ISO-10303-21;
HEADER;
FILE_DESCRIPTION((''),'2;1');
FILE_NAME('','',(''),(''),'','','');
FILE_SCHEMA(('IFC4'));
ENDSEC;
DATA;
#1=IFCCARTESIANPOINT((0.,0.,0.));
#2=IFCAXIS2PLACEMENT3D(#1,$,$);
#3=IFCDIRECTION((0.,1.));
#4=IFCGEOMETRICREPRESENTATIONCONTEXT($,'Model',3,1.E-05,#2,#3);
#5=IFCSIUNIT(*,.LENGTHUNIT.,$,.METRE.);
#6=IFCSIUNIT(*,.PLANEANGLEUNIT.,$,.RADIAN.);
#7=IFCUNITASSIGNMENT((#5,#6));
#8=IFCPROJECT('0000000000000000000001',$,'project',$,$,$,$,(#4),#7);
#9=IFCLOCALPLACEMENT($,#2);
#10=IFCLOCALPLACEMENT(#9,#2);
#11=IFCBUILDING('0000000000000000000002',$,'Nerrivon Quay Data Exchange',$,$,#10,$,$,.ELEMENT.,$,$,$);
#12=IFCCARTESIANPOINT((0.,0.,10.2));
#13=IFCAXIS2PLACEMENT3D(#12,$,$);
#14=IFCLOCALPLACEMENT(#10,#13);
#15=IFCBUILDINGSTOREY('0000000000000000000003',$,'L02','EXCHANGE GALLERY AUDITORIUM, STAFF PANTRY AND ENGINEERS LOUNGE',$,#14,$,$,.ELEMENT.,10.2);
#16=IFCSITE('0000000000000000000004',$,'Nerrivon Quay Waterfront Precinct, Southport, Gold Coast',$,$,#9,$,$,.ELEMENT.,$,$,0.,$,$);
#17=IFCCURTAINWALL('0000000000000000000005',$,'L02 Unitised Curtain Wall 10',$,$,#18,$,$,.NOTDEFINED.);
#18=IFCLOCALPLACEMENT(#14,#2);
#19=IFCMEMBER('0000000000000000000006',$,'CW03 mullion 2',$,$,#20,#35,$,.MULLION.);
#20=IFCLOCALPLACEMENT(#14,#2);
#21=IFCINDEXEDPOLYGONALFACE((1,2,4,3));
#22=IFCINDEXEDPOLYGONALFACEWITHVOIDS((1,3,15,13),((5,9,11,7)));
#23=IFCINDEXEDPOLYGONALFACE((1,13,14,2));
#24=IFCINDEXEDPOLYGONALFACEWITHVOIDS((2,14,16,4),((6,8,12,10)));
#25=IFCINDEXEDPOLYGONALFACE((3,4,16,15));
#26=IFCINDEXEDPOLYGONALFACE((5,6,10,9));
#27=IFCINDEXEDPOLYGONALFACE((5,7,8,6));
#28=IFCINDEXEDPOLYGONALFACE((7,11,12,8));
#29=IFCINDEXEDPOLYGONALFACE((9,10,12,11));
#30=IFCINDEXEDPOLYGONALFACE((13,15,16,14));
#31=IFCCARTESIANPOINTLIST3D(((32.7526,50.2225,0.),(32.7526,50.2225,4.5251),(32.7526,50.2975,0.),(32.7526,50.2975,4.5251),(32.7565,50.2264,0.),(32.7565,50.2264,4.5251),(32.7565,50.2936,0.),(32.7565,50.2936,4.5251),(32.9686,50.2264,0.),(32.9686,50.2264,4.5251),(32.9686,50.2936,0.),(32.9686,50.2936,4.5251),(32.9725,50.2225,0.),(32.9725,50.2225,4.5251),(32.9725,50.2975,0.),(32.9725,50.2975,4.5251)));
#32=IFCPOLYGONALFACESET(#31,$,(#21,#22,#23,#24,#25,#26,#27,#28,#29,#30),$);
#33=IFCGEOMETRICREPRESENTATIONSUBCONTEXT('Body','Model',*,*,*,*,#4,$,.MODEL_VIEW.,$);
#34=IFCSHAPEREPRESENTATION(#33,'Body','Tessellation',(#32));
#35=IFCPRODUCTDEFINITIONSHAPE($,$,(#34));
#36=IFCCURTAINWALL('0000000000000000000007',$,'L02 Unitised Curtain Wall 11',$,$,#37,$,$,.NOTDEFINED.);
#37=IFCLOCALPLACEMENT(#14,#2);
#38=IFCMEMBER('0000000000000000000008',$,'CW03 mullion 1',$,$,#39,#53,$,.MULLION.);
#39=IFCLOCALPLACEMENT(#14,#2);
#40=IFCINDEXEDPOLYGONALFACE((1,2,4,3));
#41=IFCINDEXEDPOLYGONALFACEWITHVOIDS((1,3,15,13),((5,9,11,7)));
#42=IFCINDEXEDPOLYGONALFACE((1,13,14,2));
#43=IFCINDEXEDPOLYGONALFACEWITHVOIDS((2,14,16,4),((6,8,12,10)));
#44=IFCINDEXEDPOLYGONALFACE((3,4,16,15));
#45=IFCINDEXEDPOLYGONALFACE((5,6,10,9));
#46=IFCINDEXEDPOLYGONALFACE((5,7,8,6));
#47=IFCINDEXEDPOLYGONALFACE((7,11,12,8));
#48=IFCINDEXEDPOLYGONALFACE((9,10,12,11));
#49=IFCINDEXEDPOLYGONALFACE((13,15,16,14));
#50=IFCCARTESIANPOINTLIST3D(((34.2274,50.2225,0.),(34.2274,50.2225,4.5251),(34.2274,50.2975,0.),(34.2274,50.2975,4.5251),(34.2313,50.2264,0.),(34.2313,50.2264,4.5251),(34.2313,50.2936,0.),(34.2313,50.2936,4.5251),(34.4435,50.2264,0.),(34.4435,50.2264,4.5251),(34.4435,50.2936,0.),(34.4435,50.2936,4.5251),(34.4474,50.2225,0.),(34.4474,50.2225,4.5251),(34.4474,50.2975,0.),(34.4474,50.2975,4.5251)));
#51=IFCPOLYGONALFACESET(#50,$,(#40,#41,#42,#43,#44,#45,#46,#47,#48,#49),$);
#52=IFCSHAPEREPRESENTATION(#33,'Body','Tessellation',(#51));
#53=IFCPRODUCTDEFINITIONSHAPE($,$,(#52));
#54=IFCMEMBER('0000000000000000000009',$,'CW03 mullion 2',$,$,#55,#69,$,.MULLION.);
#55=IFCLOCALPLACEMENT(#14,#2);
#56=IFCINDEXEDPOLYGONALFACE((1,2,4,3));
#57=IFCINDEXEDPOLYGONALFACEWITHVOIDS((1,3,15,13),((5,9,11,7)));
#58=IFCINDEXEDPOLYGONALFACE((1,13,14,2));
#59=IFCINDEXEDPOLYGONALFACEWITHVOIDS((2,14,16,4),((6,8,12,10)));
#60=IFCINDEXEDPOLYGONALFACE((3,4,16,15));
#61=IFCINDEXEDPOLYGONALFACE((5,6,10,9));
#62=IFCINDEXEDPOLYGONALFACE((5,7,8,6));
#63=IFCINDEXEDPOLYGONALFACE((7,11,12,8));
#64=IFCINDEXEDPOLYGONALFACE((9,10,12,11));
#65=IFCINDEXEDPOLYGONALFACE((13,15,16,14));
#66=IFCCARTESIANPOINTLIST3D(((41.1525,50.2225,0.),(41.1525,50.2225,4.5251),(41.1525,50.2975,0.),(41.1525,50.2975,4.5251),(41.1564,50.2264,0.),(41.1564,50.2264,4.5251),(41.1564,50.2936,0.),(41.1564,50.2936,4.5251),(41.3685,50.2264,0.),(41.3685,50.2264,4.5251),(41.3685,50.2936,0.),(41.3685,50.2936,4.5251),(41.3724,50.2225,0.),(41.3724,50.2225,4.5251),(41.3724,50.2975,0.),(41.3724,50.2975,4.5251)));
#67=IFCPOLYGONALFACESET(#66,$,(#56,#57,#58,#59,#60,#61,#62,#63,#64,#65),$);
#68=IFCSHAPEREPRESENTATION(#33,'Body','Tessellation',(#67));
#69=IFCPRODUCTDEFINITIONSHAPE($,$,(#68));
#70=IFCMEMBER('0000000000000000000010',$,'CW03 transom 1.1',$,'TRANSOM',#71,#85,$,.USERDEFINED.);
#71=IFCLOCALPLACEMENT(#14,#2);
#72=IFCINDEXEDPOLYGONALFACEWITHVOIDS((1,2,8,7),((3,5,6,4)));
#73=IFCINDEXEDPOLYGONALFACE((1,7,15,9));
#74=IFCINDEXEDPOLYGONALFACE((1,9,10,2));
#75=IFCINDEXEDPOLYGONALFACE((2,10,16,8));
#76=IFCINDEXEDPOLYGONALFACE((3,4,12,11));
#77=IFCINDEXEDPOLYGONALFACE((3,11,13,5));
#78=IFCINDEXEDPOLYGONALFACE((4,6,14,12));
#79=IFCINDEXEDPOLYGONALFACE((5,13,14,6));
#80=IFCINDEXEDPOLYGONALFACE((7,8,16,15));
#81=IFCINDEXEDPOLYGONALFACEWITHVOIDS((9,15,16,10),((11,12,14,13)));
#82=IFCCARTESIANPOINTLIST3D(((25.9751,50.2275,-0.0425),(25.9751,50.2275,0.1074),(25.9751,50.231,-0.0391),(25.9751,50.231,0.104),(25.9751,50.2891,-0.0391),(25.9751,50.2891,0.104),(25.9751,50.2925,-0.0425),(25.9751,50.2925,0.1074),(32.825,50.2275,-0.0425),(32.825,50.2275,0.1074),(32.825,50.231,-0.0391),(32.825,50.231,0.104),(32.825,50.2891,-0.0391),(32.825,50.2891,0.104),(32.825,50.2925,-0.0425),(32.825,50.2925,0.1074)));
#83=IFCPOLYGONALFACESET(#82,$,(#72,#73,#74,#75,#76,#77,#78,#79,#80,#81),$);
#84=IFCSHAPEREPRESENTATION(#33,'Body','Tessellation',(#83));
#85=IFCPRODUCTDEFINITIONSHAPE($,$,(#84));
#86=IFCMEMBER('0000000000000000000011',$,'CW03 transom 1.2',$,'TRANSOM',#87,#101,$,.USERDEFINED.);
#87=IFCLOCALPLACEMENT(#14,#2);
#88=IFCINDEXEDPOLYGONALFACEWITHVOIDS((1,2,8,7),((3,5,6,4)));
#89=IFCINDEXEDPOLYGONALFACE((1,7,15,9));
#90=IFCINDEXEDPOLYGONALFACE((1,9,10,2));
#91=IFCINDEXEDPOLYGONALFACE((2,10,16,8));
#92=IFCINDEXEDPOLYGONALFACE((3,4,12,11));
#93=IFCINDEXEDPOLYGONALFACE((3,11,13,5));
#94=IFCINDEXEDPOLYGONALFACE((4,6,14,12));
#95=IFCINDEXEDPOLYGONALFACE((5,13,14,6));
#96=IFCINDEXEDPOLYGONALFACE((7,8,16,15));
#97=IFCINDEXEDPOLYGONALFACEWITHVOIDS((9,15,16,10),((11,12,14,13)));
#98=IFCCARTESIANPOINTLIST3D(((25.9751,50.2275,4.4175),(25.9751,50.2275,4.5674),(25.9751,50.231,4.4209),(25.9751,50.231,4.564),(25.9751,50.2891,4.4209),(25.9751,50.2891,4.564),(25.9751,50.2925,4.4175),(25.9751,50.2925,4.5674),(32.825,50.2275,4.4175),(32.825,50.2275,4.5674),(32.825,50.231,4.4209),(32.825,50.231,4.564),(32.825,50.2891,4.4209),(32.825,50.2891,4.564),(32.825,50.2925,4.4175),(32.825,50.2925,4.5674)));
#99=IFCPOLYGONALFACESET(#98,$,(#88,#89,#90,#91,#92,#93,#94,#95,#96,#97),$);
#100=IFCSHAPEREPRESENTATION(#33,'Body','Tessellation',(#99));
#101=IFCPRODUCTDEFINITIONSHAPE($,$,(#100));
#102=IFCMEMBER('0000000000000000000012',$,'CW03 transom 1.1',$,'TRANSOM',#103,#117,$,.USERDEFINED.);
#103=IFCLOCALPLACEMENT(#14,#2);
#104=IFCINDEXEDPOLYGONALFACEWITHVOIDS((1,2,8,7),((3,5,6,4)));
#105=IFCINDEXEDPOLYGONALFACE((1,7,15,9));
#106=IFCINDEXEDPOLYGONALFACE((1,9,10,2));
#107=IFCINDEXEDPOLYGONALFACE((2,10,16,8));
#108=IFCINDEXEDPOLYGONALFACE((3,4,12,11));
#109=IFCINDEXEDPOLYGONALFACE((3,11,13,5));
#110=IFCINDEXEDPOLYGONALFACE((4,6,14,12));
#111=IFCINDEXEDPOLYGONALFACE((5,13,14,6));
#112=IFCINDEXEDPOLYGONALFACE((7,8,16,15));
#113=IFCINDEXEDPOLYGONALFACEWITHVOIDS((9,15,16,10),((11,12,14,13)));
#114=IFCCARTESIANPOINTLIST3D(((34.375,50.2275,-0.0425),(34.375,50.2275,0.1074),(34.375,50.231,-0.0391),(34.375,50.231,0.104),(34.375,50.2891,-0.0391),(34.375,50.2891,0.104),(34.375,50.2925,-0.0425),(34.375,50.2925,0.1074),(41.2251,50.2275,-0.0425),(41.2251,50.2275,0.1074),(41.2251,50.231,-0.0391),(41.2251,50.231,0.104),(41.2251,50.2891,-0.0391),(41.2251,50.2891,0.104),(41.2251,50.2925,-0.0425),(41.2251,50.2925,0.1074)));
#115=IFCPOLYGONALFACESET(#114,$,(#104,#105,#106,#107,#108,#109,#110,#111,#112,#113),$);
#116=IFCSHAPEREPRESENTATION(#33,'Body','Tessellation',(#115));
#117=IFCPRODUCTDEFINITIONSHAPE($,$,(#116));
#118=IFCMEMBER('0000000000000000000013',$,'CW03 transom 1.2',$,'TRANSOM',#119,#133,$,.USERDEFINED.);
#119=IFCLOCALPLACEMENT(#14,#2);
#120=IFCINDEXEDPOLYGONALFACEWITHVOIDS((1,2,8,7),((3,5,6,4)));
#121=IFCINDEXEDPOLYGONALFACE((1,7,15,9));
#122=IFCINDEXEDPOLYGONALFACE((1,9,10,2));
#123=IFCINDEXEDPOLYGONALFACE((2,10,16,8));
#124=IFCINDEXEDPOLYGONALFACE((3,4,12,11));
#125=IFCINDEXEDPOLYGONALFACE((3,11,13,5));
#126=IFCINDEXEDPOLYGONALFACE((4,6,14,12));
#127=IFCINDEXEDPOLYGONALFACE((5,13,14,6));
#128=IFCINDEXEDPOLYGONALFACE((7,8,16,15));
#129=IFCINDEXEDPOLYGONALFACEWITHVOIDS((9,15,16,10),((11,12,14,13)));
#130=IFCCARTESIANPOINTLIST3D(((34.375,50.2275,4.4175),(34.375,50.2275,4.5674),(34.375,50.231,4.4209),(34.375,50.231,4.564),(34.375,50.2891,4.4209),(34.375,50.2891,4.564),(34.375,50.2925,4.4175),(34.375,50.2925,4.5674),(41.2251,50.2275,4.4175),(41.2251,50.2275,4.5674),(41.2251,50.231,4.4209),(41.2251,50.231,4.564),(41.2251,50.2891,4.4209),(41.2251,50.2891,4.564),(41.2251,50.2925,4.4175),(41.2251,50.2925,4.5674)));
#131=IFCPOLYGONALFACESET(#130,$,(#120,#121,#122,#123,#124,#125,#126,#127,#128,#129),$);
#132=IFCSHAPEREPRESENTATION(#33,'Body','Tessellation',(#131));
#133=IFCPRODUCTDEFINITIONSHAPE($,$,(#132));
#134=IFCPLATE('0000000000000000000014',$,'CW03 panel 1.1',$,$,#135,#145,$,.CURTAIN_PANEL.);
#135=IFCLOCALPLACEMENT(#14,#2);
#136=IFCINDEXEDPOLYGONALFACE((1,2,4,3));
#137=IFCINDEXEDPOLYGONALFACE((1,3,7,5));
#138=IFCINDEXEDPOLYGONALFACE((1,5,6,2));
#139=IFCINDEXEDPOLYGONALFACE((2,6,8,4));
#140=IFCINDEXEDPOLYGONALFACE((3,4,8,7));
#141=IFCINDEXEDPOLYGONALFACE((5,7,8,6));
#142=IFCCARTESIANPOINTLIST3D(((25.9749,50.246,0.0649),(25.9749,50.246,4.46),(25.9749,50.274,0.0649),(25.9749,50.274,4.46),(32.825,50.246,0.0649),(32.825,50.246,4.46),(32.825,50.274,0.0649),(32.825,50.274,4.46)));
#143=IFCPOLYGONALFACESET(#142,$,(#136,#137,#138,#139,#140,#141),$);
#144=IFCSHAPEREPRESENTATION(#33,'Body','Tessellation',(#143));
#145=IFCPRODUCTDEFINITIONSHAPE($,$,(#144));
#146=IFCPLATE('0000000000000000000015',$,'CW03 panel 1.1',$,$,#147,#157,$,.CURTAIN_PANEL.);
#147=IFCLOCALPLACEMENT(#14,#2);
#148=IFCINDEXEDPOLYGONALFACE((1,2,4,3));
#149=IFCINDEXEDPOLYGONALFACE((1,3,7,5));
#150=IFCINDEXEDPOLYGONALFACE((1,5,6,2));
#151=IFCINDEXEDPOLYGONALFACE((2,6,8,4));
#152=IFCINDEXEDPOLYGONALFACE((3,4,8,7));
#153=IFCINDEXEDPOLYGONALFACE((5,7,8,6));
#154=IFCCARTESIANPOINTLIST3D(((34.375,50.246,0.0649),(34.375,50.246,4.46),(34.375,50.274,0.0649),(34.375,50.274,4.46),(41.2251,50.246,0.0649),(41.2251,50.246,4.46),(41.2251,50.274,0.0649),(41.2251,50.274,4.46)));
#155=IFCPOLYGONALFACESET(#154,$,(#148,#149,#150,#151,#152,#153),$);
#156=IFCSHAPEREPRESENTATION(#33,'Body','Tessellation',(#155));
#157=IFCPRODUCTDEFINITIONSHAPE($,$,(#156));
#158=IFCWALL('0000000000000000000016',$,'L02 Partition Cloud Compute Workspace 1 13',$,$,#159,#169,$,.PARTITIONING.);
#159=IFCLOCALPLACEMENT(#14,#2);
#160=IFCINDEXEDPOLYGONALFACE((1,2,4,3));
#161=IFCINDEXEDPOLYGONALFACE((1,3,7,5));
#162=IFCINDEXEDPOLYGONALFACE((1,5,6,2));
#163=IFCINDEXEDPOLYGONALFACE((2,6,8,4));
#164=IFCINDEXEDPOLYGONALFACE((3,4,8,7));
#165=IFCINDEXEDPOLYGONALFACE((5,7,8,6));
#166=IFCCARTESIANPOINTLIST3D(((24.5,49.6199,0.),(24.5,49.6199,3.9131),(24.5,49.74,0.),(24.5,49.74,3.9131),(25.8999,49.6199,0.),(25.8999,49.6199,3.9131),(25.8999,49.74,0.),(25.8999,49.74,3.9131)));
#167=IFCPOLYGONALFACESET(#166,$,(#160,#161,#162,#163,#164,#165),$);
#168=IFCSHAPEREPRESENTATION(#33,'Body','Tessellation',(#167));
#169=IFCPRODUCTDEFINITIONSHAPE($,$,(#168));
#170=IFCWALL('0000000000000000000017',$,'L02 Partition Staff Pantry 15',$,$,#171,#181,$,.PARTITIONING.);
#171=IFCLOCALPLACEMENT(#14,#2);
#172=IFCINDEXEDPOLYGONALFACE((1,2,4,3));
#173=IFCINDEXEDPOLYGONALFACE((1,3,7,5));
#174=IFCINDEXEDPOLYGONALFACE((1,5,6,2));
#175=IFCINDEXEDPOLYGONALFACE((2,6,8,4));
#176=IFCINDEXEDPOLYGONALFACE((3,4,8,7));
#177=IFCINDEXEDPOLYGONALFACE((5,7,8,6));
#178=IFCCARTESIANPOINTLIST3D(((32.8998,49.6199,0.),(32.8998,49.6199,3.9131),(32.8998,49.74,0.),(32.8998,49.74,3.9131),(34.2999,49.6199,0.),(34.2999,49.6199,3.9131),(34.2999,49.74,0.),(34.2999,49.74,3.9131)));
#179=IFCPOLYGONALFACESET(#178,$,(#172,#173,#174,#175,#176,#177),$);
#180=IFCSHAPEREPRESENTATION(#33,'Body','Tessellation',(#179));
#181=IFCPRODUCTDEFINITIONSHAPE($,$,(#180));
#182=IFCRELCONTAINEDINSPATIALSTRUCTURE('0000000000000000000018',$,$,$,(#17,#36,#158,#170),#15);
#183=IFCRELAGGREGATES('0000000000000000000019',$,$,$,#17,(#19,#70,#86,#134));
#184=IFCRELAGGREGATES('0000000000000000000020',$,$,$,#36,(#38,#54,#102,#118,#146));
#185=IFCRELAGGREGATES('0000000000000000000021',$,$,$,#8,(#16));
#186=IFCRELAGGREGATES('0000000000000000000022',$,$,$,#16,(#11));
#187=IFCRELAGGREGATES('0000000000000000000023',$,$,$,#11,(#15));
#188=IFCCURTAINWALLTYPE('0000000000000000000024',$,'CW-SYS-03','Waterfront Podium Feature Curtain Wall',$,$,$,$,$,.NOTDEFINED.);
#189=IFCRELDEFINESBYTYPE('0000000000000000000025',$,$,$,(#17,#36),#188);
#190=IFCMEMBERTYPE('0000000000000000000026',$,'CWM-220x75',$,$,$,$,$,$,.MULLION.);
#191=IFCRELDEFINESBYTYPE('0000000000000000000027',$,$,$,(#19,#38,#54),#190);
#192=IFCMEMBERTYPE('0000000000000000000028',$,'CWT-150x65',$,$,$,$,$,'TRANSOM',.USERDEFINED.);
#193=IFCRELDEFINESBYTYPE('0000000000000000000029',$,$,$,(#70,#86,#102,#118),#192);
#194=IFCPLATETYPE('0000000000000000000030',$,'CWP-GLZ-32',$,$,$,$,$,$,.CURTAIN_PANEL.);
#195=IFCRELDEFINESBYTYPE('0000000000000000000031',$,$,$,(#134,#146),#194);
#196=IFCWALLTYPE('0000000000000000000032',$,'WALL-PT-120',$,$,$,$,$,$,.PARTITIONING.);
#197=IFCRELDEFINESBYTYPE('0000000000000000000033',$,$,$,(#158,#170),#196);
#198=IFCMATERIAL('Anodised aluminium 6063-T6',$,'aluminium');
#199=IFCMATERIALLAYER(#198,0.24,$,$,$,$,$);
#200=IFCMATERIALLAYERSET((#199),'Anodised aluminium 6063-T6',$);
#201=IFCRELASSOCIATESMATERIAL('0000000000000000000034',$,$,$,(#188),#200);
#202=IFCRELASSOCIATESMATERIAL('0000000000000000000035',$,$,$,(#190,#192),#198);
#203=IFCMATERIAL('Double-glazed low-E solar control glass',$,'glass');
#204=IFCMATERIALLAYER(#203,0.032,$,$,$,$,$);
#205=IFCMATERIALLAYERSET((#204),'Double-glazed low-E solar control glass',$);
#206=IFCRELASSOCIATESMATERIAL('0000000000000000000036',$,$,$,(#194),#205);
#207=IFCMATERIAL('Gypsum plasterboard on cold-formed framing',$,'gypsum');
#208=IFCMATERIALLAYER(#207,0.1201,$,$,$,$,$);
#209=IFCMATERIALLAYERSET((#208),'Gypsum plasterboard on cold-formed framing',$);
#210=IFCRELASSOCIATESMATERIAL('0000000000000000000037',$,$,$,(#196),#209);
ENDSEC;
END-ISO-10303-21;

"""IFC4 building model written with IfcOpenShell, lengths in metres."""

from ifc_helpers import new_model, si_unit, direction, frame, frame_2d, origin, origin_2d, place, context, subcontext, project, spatial, rectangle, hollow_rectangle, extrude, material, layer, layer_set, material_profile, profile_set, type_object, element, aggregate, save


model = new_model("IFC4")

# Units and contexts
model_context = context("Model", 3, precision=1e-05, world=origin(), true_north=direction((0.0, 1.0)))
body_context = subcontext(model_context, "Body", "Model", "MODEL_VIEW")
ifc_project = project(units=[si_unit("LENGTHUNIT", "METRE"), si_unit("PLANEANGLEUNIT", "RADIAN")], contexts=[model_context])

# Site, building, storey
site_placement = place(None, origin())
site = spatial("IfcSite", under=ifc_project, at=site_placement, Name="Nerrivon Quay Waterfront Precinct, Southport, Gold Coast", CompositionType="ELEMENT", RefElevation=0.0)
building_placement = place(site_placement, origin())
building = spatial("IfcBuilding", under=site, at=building_placement, Name="Nerrivon Quay Data Exchange", CompositionType="ELEMENT")
storey_placement = place(building_placement, frame((0.0, 0.0, 10.2)))
storey = spatial("IfcBuildingStorey", under=building, at=storey_placement, Name="L02", Description="EXCHANGE GALLERY AUDITORIUM, STAFF PANTRY AND ENGINEERS LOUNGE", CompositionType="ELEMENT", Elevation=10.2)

# Shared definitions
ifc_material_1 = material(Name="Anodised aluminium 6063-T6", Category="aluminium")
ifc_layer_1 = layer(ifc_material_1, 0.24)
ifc_layer_set_1 = layer_set([ifc_layer_1], Name="Anodised aluminium 6063-T6")
curtain_wall_type = type_object("IfcCurtainWallType", Name="CW-SYS-03", Description="Waterfront Podium Feature Curtain Wall", PredefinedType="NOTDEFINED", material=ifc_layer_set_1)
ifc_material_profile_1 = material_profile(ifc_material_1, hollow_rectangle(XDim=0.075, YDim=0.22, WallThickness=0.0039, at=origin_2d()), Name="ALU-MULL-220x75")
ifc_profile_set_1 = profile_set([ifc_material_profile_1], Name="Anodised aluminium 6063-T6")
member_type_1 = type_object("IfcMemberType", Name="CWM-220x75", PredefinedType="MULLION", material=ifc_profile_set_1)

# Curtain walls, members
curtain_wall_1_placement = place(storey_placement, origin())
curtain_wall_1 = element("IfcCurtainWall", 1, at=curtain_wall_1_placement, inside=storey, type_object=curtain_wall_type, Name="L02 Unitised Curtain Wall 10", PredefinedType="NOTDEFINED")
member_1_placement = place(storey_placement, frame((32.8625, 50.26, 0.0), z_axis=(0.0, 0.0, 1.0), x_axis=(0.0, 1.0, 0.0)))
member_1 = element("IfcMember", 2, at=member_1_placement, type_object=member_type_1, Name="CW03 mullion 2", PredefinedType="MULLION", context=body_context, shape_type="SweptSolid", body=[
    extrude(hollow_rectangle(XDim=0.075, YDim=0.22, WallThickness=0.0039, at=origin_2d()), origin(), (0.0, 0.0, 1.0), 4.5251),
])
curtain_wall_2_placement = place(storey_placement, origin())
curtain_wall_2 = element("IfcCurtainWall", 3, at=curtain_wall_2_placement, inside=storey, type_object=curtain_wall_type, Name="L02 Unitised Curtain Wall 11", PredefinedType="NOTDEFINED")
member_2_placement = place(storey_placement, frame((34.3374, 50.26, 0.0), z_axis=(0.0, 0.0, 1.0), x_axis=(0.0, 1.0, 0.0)))
member_2 = element("IfcMember", 4, at=member_2_placement, type_object=member_type_1, Name="CW03 mullion 1", PredefinedType="MULLION", context=body_context, shape_type="SweptSolid", body=[
    extrude(hollow_rectangle(XDim=0.075, YDim=0.22, WallThickness=0.0039, at=origin_2d()), origin(), (0.0, 0.0, 1.0), 4.5251),
])
member_3_placement = place(storey_placement, frame((41.2625, 50.26, 0.0), z_axis=(0.0, 0.0, 1.0), x_axis=(0.0, 1.0, 0.0)))
member_3 = element("IfcMember", 5, at=member_3_placement, type_object=member_type_1, Name="CW03 mullion 2", PredefinedType="MULLION", context=body_context, shape_type="SweptSolid", body=[
    extrude(hollow_rectangle(XDim=0.075, YDim=0.22, WallThickness=0.0039, at=origin_2d()), origin(), (0.0, 0.0, 1.0), 4.5251),
])

# Members
ifc_material_profile_2 = material_profile(ifc_material_1, hollow_rectangle(XDim=0.0649, YDim=0.1499, WallThickness=0.0034, at=origin_2d()), Name="ALU-TRAN-150x65")
ifc_profile_set_2 = profile_set([ifc_material_profile_2], Name="Anodised aluminium 6063-T6")
member_type_2 = type_object("IfcMemberType", Name="CWT-150x65", ElementType="TRANSOM", PredefinedType="USERDEFINED", material=ifc_profile_set_2)
member_4_placement = place(storey_placement, frame((25.9751, 50.26, 0.0325), z_axis=(1.0, 0.0, 0.0), x_axis=(0.0, 1.0, 0.0)))
member_4 = element("IfcMember", 6, at=member_4_placement, type_object=member_type_2, Name="CW03 transom 1.1", ObjectType="TRANSOM", PredefinedType="USERDEFINED", context=body_context, shape_type="SweptSolid", body=[
    extrude(hollow_rectangle(XDim=0.0649, YDim=0.1499, WallThickness=0.0034, at=origin_2d()), origin(), (0.0, 0.0, 1.0), 6.8499),
])
member_5_placement = place(storey_placement, frame((25.9751, 50.26, 4.4924), z_axis=(1.0, 0.0, 0.0), x_axis=(0.0, 1.0, 0.0)))
member_5 = element("IfcMember", 7, at=member_5_placement, type_object=member_type_2, Name="CW03 transom 1.2", ObjectType="TRANSOM", PredefinedType="USERDEFINED", context=body_context, shape_type="SweptSolid", body=[
    extrude(hollow_rectangle(XDim=0.0649, YDim=0.1499, WallThickness=0.0034, at=origin_2d()), origin(), (0.0, 0.0, 1.0), 6.8499),
])
member_6_placement = place(storey_placement, frame((34.375, 50.26, 0.0325), z_axis=(1.0, 0.0, 0.0), x_axis=(0.0, 1.0, 0.0)))
member_6 = element("IfcMember", 8, at=member_6_placement, type_object=member_type_2, Name="CW03 transom 1.1", ObjectType="TRANSOM", PredefinedType="USERDEFINED", context=body_context, shape_type="SweptSolid", body=[
    extrude(hollow_rectangle(XDim=0.0649, YDim=0.1499, WallThickness=0.0034, at=origin_2d()), origin(), (0.0, 0.0, 1.0), 6.8501),
])
member_7_placement = place(storey_placement, frame((34.375, 50.26, 4.4924), z_axis=(1.0, 0.0, 0.0), x_axis=(0.0, 1.0, 0.0)))
member_7 = element("IfcMember", 9, at=member_7_placement, type_object=member_type_2, Name="CW03 transom 1.2", ObjectType="TRANSOM", PredefinedType="USERDEFINED", context=body_context, shape_type="SweptSolid", body=[
    extrude(hollow_rectangle(XDim=0.0649, YDim=0.1499, WallThickness=0.0034, at=origin_2d()), origin(), (0.0, 0.0, 1.0), 6.8501),
])

# Plates
ifc_material_2 = material(Name="Double-glazed low-E solar control glass", Category="glass")
ifc_layer_2 = layer(ifc_material_2, 0.032)
ifc_layer_set_2 = layer_set([ifc_layer_2], Name="Double-glazed low-E solar control glass")
plate_type = type_object("IfcPlateType", Name="CWP-GLZ-32", PredefinedType="CURTAIN_PANEL", material=ifc_layer_set_2)
plate_1_placement = place(storey_placement, frame((29.3999, 50.26, 0.0649), z_axis=(0.0, 0.0, 1.0), x_axis=(1.0, 0.0, 0.0)))
plate_1 = element("IfcPlate", 10, at=plate_1_placement, type_object=plate_type, Name="CW03 panel 1.1", PredefinedType="CURTAIN_PANEL", context=body_context, shape_type="SweptSolid", body=[
    extrude(rectangle(XDim=6.8501, YDim=0.0281, at=origin_2d()), origin(), (0.0, 0.0, 1.0), 4.395),
])
aggregate(curtain_wall_1, [member_1, member_4, member_5, plate_1])
plate_2_placement = place(storey_placement, frame((37.8, 50.26, 0.0649), z_axis=(0.0, 0.0, 1.0), x_axis=(1.0, 0.0, 0.0)))
plate_2 = element("IfcPlate", 11, at=plate_2_placement, type_object=plate_type, Name="CW03 panel 1.1", PredefinedType="CURTAIN_PANEL", context=body_context, shape_type="SweptSolid", body=[
    extrude(rectangle(XDim=6.8501, YDim=0.0281, at=origin_2d()), origin(), (0.0, 0.0, 1.0), 4.395),
])
aggregate(curtain_wall_2, [member_2, member_3, member_6, member_7, plate_2])

# Walls
ifc_material_3 = material(Name="Gypsum plasterboard on cold-formed framing", Category="gypsum")
ifc_layer_3 = layer(ifc_material_3, 0.1201)
ifc_layer_set_3 = layer_set([ifc_layer_3], Name="Gypsum plasterboard on cold-formed framing")
wall_type = type_object("IfcWallType", Name="WALL-PT-120", PredefinedType="PARTITIONING", material=ifc_layer_set_3)
wall_1_placement = place(storey_placement, frame((25.8999, 49.6799, 0.0), z_axis=(0.0, 0.0, 1.0), x_axis=(-1.0, 0.0, 0.0)))
element("IfcWall", 12, at=wall_1_placement, inside=storey, type_object=wall_type, Name="L02 Partition Cloud Compute Workspace 1 13", PredefinedType="PARTITIONING", context=body_context, shape_type="SweptSolid", body=[
    extrude(rectangle(XDim=1.3999, YDim=0.1201, at=frame_2d((0.7, 0.0))), origin(), (0.0, 0.0, 1.0), 3.9131),
])
wall_2_placement = place(storey_placement, frame((34.3, 49.6799, 0.0), z_axis=(0.0, 0.0, 1.0), x_axis=(-1.0, 0.0, 0.0)))
element("IfcWall", 13, at=wall_2_placement, inside=storey, type_object=wall_type, Name="L02 Partition Staff Pantry 15", PredefinedType="PARTITIONING", context=body_context, shape_type="SweptSolid", body=[
    extrude(rectangle(XDim=1.4001, YDim=0.1201, at=frame_2d((0.7002, 0.0))), origin(), (0.0, 0.0, 1.0), 3.9131),
])

save(model, "model.ifc")
